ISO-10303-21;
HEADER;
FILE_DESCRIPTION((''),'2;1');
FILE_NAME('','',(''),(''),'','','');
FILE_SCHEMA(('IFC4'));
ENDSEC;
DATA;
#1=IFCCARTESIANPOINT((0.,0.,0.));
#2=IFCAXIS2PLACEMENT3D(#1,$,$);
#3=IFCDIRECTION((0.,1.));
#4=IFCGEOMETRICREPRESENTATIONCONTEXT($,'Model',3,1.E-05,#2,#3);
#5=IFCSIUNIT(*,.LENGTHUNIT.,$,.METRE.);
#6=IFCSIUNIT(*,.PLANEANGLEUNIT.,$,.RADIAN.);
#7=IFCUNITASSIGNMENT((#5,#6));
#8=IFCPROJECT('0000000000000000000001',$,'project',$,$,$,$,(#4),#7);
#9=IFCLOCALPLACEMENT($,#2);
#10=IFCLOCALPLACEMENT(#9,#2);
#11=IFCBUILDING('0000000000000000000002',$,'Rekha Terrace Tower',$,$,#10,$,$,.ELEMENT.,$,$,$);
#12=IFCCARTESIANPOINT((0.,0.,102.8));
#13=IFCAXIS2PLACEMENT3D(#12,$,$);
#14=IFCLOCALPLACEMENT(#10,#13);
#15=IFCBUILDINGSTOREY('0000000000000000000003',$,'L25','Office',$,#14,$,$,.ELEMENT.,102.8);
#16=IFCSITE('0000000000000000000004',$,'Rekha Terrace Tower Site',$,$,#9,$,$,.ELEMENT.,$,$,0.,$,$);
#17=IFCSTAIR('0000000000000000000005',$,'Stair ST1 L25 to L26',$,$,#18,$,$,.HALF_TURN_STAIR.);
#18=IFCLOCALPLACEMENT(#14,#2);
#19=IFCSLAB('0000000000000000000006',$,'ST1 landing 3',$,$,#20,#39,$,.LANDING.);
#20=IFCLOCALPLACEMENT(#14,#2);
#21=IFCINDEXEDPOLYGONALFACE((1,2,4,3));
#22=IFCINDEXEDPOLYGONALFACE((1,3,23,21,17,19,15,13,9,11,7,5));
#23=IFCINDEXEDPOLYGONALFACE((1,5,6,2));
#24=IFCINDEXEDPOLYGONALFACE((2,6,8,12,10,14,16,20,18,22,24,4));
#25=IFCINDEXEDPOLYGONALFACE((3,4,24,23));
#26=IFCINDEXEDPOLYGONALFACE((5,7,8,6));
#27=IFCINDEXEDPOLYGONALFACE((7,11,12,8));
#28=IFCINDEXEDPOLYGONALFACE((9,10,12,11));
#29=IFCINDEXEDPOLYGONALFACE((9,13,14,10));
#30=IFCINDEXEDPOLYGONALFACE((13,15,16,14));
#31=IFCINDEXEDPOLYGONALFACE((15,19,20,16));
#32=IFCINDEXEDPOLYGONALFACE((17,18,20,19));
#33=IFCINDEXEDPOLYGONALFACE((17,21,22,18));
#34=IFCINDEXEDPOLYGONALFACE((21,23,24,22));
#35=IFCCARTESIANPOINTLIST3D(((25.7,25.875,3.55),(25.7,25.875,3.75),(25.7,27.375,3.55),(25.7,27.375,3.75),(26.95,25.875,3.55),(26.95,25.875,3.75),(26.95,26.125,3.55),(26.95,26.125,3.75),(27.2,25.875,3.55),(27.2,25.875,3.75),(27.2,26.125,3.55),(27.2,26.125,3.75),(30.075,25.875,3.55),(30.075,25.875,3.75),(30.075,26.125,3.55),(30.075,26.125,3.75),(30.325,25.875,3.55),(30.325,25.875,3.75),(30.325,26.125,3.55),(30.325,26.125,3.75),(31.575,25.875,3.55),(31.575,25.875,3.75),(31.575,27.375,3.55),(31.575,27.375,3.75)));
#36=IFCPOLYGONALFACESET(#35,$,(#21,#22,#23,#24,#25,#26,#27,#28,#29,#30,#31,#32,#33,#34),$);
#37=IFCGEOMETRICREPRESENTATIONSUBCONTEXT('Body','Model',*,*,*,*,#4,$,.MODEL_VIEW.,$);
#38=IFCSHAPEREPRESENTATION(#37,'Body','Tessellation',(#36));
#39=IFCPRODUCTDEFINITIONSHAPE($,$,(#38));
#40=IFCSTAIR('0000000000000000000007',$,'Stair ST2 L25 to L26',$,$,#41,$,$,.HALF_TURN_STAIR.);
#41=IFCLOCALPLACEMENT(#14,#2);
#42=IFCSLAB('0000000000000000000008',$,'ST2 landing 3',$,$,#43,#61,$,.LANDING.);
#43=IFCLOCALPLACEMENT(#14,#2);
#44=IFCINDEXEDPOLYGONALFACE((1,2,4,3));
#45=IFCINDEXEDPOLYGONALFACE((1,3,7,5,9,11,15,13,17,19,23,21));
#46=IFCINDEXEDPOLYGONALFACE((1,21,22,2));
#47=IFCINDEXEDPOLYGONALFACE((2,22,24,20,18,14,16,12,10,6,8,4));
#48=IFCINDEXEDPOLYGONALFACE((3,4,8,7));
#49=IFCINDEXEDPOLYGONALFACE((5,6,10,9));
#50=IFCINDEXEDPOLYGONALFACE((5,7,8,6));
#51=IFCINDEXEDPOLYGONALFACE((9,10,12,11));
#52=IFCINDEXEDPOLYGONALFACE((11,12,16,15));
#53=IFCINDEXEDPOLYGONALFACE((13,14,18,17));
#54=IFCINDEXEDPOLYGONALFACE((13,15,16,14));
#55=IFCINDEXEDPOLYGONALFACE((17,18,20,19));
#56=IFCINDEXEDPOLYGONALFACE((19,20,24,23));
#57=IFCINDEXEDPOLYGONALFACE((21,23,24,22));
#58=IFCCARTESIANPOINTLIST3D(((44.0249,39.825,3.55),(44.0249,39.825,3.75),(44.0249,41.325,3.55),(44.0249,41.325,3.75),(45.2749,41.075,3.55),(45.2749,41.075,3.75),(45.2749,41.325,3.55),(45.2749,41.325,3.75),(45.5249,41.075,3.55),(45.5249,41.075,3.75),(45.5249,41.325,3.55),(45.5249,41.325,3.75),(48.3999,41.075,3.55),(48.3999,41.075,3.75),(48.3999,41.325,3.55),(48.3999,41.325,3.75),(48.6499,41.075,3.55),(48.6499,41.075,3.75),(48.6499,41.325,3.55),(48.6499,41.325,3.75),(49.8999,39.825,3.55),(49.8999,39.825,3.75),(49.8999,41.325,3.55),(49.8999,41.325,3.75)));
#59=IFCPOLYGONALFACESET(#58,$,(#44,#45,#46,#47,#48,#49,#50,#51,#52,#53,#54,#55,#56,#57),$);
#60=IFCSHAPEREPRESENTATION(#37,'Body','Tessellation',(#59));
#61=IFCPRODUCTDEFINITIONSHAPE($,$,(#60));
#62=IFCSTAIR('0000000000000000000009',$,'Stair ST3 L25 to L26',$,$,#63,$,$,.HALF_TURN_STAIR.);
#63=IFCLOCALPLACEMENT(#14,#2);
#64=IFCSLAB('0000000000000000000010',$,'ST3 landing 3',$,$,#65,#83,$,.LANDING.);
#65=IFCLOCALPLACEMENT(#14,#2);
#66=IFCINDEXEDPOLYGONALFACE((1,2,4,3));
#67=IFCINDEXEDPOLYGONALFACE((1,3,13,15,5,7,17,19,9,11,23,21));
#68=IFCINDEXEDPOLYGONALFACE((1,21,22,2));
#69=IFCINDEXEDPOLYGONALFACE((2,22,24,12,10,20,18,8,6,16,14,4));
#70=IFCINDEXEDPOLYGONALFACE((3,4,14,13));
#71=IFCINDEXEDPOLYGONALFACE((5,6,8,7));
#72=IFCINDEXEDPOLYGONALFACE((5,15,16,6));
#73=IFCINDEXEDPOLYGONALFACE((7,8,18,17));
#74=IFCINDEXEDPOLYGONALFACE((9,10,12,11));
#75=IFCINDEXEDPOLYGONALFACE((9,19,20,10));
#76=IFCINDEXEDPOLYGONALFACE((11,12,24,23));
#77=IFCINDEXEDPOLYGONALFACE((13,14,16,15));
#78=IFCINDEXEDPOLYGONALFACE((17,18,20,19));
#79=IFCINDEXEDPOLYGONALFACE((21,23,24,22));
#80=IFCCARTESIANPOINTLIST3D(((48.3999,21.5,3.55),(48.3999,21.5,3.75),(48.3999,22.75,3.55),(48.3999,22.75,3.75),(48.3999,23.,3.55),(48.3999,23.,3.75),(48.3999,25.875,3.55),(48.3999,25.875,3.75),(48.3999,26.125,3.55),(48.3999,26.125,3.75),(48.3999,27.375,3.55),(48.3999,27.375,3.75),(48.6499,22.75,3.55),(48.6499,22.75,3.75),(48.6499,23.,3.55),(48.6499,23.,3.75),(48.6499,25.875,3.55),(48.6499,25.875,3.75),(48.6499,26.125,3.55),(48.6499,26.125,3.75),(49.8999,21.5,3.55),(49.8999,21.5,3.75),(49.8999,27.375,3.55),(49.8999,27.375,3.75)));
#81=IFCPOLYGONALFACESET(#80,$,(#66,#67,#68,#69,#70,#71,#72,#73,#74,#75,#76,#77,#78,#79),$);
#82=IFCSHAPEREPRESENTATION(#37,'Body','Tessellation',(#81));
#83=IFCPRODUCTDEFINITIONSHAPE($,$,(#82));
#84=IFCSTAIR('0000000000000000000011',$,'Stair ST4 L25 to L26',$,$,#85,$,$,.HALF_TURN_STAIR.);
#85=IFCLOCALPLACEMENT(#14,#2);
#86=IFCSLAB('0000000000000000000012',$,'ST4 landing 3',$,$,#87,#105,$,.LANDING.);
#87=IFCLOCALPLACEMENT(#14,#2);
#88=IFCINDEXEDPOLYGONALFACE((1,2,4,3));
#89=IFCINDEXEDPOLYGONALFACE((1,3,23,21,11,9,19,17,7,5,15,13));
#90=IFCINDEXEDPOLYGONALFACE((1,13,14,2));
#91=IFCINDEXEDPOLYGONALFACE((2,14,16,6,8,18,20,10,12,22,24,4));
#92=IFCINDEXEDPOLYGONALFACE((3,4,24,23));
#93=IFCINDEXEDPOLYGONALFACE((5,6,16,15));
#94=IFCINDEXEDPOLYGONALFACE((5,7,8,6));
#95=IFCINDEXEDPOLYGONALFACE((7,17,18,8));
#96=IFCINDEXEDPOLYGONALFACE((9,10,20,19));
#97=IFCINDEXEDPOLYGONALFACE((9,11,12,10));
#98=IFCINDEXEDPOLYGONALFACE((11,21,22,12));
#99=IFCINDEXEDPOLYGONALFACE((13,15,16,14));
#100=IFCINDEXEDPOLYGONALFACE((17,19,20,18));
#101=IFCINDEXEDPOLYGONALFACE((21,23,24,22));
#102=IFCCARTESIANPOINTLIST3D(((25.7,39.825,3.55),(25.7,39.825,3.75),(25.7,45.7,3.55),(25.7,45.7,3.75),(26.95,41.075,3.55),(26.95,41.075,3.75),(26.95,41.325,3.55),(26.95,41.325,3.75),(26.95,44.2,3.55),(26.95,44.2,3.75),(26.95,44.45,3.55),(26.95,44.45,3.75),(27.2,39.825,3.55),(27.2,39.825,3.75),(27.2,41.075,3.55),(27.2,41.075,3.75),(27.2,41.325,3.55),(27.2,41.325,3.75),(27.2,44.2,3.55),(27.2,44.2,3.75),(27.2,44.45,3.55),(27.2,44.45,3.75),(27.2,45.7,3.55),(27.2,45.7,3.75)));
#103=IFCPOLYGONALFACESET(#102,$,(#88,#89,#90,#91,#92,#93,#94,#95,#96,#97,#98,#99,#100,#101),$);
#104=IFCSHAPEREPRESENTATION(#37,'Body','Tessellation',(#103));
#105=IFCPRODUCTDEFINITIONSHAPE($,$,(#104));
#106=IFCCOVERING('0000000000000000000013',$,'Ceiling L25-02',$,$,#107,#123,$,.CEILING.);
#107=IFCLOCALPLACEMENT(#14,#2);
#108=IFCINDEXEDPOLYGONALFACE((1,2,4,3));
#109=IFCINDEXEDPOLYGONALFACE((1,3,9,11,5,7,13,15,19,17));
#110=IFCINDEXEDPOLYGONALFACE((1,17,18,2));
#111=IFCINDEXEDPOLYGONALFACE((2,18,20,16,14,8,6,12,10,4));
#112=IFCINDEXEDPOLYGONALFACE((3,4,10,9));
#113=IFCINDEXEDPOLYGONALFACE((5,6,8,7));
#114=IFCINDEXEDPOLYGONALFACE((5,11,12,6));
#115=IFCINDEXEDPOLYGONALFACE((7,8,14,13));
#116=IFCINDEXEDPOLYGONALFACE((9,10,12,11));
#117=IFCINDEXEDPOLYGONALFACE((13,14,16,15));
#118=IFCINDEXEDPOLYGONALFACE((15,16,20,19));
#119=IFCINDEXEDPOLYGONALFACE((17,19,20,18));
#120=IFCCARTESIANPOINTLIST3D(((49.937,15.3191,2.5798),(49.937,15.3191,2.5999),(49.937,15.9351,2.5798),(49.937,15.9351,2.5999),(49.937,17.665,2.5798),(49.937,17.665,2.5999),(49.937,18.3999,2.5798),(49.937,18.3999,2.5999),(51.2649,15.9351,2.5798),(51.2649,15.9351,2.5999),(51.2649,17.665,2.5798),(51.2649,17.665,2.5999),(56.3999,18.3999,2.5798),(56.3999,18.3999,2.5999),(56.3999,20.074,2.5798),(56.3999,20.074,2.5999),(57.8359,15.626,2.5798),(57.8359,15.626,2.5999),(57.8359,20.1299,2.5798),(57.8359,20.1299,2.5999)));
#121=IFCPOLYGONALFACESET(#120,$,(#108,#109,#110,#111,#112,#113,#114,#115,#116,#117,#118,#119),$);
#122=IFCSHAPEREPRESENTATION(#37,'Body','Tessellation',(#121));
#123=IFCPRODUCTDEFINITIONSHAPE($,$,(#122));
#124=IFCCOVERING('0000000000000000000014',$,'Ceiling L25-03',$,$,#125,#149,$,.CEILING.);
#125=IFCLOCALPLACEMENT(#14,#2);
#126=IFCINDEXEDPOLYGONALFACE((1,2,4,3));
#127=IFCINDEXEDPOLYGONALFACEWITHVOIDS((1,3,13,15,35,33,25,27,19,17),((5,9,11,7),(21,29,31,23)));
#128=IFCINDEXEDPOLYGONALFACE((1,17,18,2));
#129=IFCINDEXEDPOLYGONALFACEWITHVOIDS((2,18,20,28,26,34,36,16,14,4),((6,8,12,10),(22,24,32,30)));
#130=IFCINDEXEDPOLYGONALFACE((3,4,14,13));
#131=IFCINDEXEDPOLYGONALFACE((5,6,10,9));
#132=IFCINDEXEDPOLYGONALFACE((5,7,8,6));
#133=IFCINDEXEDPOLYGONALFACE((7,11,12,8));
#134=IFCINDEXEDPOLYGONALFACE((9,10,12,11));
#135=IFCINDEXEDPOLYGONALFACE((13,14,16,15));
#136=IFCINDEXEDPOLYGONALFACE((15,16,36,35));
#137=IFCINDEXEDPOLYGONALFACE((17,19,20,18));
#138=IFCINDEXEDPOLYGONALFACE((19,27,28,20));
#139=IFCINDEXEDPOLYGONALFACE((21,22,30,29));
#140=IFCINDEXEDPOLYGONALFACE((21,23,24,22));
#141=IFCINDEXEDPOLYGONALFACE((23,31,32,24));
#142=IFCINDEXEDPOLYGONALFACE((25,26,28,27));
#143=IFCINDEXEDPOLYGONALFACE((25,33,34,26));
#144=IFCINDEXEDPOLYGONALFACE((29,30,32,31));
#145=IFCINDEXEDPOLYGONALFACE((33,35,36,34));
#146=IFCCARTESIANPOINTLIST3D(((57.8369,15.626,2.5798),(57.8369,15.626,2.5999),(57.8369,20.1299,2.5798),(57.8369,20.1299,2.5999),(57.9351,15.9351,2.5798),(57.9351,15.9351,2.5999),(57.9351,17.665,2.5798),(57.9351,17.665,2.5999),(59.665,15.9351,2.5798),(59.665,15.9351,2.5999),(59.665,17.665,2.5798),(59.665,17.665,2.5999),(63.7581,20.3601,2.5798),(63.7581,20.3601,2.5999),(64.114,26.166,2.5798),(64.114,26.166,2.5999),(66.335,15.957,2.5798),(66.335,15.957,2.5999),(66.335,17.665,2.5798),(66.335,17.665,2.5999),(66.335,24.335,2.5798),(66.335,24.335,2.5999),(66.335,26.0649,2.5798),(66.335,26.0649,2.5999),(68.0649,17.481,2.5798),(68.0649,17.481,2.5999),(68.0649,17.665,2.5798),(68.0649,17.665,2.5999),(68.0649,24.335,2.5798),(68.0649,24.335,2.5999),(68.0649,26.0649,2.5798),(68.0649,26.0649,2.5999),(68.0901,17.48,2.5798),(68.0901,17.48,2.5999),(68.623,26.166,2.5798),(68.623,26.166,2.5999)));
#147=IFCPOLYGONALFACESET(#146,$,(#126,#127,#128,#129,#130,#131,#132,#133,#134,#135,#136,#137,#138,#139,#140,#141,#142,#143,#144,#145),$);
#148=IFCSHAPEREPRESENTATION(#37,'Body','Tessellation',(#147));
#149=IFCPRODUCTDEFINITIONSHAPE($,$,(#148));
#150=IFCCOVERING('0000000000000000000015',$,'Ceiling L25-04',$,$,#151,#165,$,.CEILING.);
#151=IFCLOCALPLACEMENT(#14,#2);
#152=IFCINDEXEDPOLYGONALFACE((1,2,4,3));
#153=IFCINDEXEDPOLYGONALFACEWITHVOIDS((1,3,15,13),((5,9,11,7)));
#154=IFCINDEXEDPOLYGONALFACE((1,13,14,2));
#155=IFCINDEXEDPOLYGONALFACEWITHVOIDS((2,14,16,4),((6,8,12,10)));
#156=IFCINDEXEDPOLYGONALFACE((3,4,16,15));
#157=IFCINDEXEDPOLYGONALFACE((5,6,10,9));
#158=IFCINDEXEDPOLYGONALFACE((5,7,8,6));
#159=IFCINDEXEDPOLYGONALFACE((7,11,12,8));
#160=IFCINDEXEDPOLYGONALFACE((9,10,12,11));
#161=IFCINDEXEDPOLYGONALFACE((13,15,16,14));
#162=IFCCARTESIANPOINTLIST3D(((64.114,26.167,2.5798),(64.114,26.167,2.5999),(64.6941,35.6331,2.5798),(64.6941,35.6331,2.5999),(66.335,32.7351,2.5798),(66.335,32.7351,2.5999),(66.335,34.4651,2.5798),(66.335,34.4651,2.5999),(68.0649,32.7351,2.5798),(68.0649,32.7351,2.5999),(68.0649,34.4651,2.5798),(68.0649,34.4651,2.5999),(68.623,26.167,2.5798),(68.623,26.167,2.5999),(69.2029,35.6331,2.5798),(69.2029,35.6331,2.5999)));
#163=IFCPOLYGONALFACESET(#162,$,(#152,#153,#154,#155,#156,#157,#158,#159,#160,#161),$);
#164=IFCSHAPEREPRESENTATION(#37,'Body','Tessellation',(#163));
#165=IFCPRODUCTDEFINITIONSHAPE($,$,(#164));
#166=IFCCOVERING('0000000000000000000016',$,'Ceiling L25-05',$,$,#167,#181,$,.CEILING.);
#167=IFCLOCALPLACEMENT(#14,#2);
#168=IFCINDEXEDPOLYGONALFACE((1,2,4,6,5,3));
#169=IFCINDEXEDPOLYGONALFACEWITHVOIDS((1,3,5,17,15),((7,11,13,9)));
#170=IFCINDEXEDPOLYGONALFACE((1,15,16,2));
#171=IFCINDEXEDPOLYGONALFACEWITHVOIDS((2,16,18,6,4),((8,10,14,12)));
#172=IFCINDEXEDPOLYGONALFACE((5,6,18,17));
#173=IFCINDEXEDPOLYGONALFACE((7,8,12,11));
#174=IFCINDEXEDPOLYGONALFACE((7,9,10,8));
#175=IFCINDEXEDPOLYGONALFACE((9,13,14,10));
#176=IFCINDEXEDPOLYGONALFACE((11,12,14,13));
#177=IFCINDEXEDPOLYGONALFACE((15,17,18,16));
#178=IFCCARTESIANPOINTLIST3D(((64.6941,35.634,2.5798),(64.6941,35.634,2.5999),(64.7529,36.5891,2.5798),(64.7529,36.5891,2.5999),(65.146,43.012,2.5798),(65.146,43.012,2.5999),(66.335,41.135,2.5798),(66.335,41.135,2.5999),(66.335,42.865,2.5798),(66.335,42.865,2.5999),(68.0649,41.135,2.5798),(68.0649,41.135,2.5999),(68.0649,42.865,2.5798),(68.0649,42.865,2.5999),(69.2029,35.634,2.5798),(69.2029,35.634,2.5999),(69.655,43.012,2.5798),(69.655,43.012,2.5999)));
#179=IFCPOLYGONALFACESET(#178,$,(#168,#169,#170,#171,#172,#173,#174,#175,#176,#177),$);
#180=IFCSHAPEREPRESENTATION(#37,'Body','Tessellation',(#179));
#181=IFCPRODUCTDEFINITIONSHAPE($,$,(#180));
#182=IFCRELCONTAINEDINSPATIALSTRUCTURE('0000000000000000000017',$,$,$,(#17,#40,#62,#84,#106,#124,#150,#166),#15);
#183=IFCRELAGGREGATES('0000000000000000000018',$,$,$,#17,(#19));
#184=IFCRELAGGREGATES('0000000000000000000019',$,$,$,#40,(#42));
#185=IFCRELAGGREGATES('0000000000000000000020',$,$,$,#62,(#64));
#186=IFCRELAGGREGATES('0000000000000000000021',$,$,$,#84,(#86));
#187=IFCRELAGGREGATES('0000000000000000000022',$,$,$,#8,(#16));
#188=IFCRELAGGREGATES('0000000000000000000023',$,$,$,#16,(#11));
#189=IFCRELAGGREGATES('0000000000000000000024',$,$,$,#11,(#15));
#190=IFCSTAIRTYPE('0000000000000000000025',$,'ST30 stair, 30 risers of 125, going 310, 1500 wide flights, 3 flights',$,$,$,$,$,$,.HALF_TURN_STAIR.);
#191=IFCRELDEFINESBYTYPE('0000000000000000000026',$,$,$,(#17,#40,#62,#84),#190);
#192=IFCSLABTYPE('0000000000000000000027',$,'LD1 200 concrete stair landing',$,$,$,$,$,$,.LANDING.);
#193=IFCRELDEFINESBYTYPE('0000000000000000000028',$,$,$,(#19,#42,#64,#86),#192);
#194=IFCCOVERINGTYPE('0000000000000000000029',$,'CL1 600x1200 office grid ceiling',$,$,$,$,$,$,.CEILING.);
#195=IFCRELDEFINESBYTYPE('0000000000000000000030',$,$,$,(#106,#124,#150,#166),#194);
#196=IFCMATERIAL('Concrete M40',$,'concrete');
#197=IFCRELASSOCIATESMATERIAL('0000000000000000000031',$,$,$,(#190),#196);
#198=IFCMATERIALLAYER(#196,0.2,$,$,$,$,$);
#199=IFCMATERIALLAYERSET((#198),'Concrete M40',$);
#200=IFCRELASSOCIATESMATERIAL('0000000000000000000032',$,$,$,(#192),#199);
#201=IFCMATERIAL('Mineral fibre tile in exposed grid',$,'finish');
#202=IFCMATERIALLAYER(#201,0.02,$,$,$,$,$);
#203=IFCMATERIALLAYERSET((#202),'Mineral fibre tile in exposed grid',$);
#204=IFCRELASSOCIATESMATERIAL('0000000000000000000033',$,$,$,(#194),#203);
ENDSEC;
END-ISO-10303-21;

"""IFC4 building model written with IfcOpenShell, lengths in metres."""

from ifc_helpers import new_model, si_unit, direction, frame, origin, place, context, subcontext, project, spatial, polyline, outline, extrude, material, layer, layer_set, type_object, element, aggregate, save


model = new_model("IFC4")

# Units and contexts
model_context = context("Model", 3, precision=1e-05, world=origin(), true_north=direction((0.0, 1.0)))
body_context = subcontext(model_context, "Body", "Model", "MODEL_VIEW")
ifc_project = project(units=[si_unit("LENGTHUNIT", "METRE"), si_unit("PLANEANGLEUNIT", "RADIAN")], contexts=[model_context])

# Site, building, storey
site_placement = place(None, origin())
site = spatial("IfcSite", under=ifc_project, at=site_placement, Name="Rekha Terrace Tower Site", CompositionType="ELEMENT", RefElevation=0.0)
building_placement = place(site_placement, origin())
building = spatial("IfcBuilding", under=site, at=building_placement, Name="Rekha Terrace Tower", CompositionType="ELEMENT")
storey_placement = place(building_placement, frame((0.0, 0.0, 102.8)))
storey = spatial("IfcBuildingStorey", under=building, at=storey_placement, Name="L25", Description="Office", CompositionType="ELEMENT", Elevation=102.8)

# Stairs, slabs
ifc_material_1 = material(Name="Concrete M40", Category="concrete")
stair_type = type_object("IfcStairType", Name="ST30 stair, 30 risers of 125, going 310, 1500 wide flights, 3 flights", PredefinedType="HALF_TURN_STAIR", material=ifc_material_1)
stair_1_placement = place(storey_placement, origin())
stair_1 = element("IfcStair", 1, at=stair_1_placement, inside=storey, type_object=stair_type, Name="Stair ST1 L25 to L26", PredefinedType="HALF_TURN_STAIR")
ifc_layer_1 = layer(ifc_material_1, 0.2)
ifc_layer_set_1 = layer_set([ifc_layer_1], Name="Concrete M40")
slab_type = type_object("IfcSlabType", Name="LD1 200 concrete stair landing", PredefinedType="LANDING", material=ifc_layer_set_1)
slab_1_placement = place(storey_placement, frame((0.0, 0.0, 3.55)))
slab_1 = element("IfcSlab", 2, at=slab_1_placement, type_object=slab_type, Name="ST1 landing 3", PredefinedType="LANDING", context=body_context, shape_type="SweptSolid", body=[
    extrude(outline(polyline([(31.575, 25.875), (31.575, 27.375), (25.7, 27.375), (25.7, 25.875), (26.95, 25.875), (26.95, 26.125), (27.2, 26.125), (27.2, 25.875), (30.075, 25.875), (30.075, 26.125), (30.325, 26.125), (30.325, 25.875), (31.575, 25.875)])), origin(), (0.0, 0.0, 1.0), 0.2),
])
aggregate(stair_1, [slab_1])
stair_2_placement = place(storey_placement, origin())
stair_2 = element("IfcStair", 3, at=stair_2_placement, inside=storey, type_object=stair_type, Name="Stair ST2 L25 to L26", PredefinedType="HALF_TURN_STAIR")
slab_2_placement = place(storey_placement, frame((0.0, 0.0, 3.55)))
slab_2 = element("IfcSlab", 4, at=slab_2_placement, type_object=slab_type, Name="ST2 landing 3", PredefinedType="LANDING", context=body_context, shape_type="SweptSolid", body=[
    extrude(outline(polyline([(44.0249, 41.325), (44.0249, 39.825), (49.8999, 39.825), (49.8999, 41.325), (48.6499, 41.325), (48.6499, 41.075), (48.3999, 41.075), (48.3999, 41.325), (45.5249, 41.325), (45.5249, 41.075), (45.2749, 41.075), (45.2749, 41.325), (44.0249, 41.325)])), origin(), (0.0, 0.0, 1.0), 0.2),
])
aggregate(stair_2, [slab_2])
stair_3_placement = place(storey_placement, origin())
stair_3 = element("IfcStair", 5, at=stair_3_placement, inside=storey, type_object=stair_type, Name="Stair ST3 L25 to L26", PredefinedType="HALF_TURN_STAIR")
slab_3_placement = place(storey_placement, frame((0.0, 0.0, 3.55)))
slab_3 = element("IfcSlab", 6, at=slab_3_placement, type_object=slab_type, Name="ST3 landing 3", PredefinedType="LANDING", context=body_context, shape_type="SweptSolid", body=[
    extrude(outline(polyline([(48.3999, 21.5), (49.8999, 21.5), (49.8999, 27.375), (48.3999, 27.375), (48.3999, 26.125), (48.6499, 26.125), (48.6499, 25.875), (48.3999, 25.875), (48.3999, 23.0), (48.6499, 23.0), (48.6499, 22.75), (48.3999, 22.75), (48.3999, 21.5)])), origin(), (0.0, 0.0, 1.0), 0.2),
])
aggregate(stair_3, [slab_3])
stair_4_placement = place(storey_placement, origin())
stair_4 = element("IfcStair", 7, at=stair_4_placement, inside=storey, type_object=stair_type, Name="Stair ST4 L25 to L26", PredefinedType="HALF_TURN_STAIR")
slab_4_placement = place(storey_placement, frame((0.0, 0.0, 3.55)))
slab_4 = element("IfcSlab", 8, at=slab_4_placement, type_object=slab_type, Name="ST4 landing 3", PredefinedType="LANDING", context=body_context, shape_type="SweptSolid", body=[
    extrude(outline(polyline([(27.2, 39.825), (25.7, 39.825), (25.7, 45.7), (27.2, 45.7), (27.2, 44.45), (26.95, 44.45), (26.95, 44.2), (27.2, 44.2), (27.2, 41.325), (26.95, 41.325), (26.95, 41.075), (27.2, 41.075), (27.2, 39.825)])), origin(), (0.0, 0.0, 1.0), 0.2),
])
aggregate(stair_4, [slab_4])

# Coverings
ifc_material_2 = material(Name="Mineral fibre tile in exposed grid", Category="finish")
ifc_layer_2 = layer(ifc_material_2, 0.02)
ifc_layer_set_2 = layer_set([ifc_layer_2], Name="Mineral fibre tile in exposed grid")
covering_type_1 = type_object("IfcCoveringType", Name="CL1 600x1200 office grid ceiling", PredefinedType="CEILING", material=ifc_layer_set_2)
covering_1_placement = place(storey_placement, frame((0.0, 0.0, 2.5798)))
element("IfcCovering", 9, at=covering_1_placement, inside=storey, type_object=covering_type_1, Name="Ceiling L25-02", PredefinedType="CEILING", context=body_context, shape_type="SweptSolid", body=[
    extrude(outline(polyline([(56.3999, 20.074), (56.3999, 18.3999), (49.937, 18.3999), (49.937, 17.665), (51.2649, 17.665), (51.2649, 15.9351), (49.937, 15.9351), (49.937, 15.3191), (57.8359, 15.626), (57.8359, 20.1299), (56.3999, 20.074)])), origin(), (0.0, 0.0, 1.0), 0.02),
])
covering_2_placement = place(storey_placement, frame((0.0, 0.0, 2.5798)))
element("IfcCovering", 10, at=covering_2_placement, inside=storey, type_object=covering_type_1, Name="Ceiling L25-03", PredefinedType="CEILING", context=body_context, shape_type="SweptSolid", body=[
    extrude(outline(polyline([(64.114, 26.166), (63.7581, 20.3601), (57.8369, 20.1299), (57.8369, 15.626), (66.335, 15.957), (66.335, 17.665), (68.0649, 17.665), (68.0649, 17.481), (68.0901, 17.48), (68.623, 26.166), (64.114, 26.166)]), holes=[polyline([(68.0649, 24.335), (66.335, 24.335), (66.335, 26.0649), (68.0649, 26.0649), (68.0649, 24.335)]), polyline([(59.665, 15.9351), (57.9351, 15.9351), (57.9351, 17.665), (59.665, 17.665), (59.665, 15.9351)])]), origin(), (0.0, 0.0, 1.0), 0.02),
])
covering_3_placement = place(storey_placement, frame((0.0, 0.0, 2.5798)))
element("IfcCovering", 11, at=covering_3_placement, inside=storey, type_object=covering_type_1, Name="Ceiling L25-04", PredefinedType="CEILING", context=body_context, shape_type="SweptSolid", body=[
    extrude(outline(polyline([(64.114, 26.167), (68.623, 26.167), (69.2029, 35.6331), (64.6941, 35.6331), (64.114, 26.167)]), holes=[polyline([(68.0649, 34.4651), (68.0649, 32.7351), (66.335, 32.7351), (66.335, 34.4651), (68.0649, 34.4651)])]), origin(), (0.0, 0.0, 1.0), 0.02),
])
covering_4_placement = place(storey_placement, frame((0.0, 0.0, 2.5798)))
element("IfcCovering", 12, at=covering_4_placement, inside=storey, type_object=covering_type_1, Name="Ceiling L25-05", PredefinedType="CEILING", context=body_context, shape_type="SweptSolid", body=[
    extrude(outline(polyline([(69.655, 43.012), (65.146, 43.012), (64.7529, 36.5891), (64.6941, 35.634), (69.2029, 35.634), (69.655, 43.012)]), holes=[polyline([(68.0649, 41.135), (66.335, 41.135), (66.335, 42.865), (68.0649, 42.865), (68.0649, 41.135)])]), origin(), (0.0, 0.0, 1.0), 0.02),
])

save(model, "model.ifc")
